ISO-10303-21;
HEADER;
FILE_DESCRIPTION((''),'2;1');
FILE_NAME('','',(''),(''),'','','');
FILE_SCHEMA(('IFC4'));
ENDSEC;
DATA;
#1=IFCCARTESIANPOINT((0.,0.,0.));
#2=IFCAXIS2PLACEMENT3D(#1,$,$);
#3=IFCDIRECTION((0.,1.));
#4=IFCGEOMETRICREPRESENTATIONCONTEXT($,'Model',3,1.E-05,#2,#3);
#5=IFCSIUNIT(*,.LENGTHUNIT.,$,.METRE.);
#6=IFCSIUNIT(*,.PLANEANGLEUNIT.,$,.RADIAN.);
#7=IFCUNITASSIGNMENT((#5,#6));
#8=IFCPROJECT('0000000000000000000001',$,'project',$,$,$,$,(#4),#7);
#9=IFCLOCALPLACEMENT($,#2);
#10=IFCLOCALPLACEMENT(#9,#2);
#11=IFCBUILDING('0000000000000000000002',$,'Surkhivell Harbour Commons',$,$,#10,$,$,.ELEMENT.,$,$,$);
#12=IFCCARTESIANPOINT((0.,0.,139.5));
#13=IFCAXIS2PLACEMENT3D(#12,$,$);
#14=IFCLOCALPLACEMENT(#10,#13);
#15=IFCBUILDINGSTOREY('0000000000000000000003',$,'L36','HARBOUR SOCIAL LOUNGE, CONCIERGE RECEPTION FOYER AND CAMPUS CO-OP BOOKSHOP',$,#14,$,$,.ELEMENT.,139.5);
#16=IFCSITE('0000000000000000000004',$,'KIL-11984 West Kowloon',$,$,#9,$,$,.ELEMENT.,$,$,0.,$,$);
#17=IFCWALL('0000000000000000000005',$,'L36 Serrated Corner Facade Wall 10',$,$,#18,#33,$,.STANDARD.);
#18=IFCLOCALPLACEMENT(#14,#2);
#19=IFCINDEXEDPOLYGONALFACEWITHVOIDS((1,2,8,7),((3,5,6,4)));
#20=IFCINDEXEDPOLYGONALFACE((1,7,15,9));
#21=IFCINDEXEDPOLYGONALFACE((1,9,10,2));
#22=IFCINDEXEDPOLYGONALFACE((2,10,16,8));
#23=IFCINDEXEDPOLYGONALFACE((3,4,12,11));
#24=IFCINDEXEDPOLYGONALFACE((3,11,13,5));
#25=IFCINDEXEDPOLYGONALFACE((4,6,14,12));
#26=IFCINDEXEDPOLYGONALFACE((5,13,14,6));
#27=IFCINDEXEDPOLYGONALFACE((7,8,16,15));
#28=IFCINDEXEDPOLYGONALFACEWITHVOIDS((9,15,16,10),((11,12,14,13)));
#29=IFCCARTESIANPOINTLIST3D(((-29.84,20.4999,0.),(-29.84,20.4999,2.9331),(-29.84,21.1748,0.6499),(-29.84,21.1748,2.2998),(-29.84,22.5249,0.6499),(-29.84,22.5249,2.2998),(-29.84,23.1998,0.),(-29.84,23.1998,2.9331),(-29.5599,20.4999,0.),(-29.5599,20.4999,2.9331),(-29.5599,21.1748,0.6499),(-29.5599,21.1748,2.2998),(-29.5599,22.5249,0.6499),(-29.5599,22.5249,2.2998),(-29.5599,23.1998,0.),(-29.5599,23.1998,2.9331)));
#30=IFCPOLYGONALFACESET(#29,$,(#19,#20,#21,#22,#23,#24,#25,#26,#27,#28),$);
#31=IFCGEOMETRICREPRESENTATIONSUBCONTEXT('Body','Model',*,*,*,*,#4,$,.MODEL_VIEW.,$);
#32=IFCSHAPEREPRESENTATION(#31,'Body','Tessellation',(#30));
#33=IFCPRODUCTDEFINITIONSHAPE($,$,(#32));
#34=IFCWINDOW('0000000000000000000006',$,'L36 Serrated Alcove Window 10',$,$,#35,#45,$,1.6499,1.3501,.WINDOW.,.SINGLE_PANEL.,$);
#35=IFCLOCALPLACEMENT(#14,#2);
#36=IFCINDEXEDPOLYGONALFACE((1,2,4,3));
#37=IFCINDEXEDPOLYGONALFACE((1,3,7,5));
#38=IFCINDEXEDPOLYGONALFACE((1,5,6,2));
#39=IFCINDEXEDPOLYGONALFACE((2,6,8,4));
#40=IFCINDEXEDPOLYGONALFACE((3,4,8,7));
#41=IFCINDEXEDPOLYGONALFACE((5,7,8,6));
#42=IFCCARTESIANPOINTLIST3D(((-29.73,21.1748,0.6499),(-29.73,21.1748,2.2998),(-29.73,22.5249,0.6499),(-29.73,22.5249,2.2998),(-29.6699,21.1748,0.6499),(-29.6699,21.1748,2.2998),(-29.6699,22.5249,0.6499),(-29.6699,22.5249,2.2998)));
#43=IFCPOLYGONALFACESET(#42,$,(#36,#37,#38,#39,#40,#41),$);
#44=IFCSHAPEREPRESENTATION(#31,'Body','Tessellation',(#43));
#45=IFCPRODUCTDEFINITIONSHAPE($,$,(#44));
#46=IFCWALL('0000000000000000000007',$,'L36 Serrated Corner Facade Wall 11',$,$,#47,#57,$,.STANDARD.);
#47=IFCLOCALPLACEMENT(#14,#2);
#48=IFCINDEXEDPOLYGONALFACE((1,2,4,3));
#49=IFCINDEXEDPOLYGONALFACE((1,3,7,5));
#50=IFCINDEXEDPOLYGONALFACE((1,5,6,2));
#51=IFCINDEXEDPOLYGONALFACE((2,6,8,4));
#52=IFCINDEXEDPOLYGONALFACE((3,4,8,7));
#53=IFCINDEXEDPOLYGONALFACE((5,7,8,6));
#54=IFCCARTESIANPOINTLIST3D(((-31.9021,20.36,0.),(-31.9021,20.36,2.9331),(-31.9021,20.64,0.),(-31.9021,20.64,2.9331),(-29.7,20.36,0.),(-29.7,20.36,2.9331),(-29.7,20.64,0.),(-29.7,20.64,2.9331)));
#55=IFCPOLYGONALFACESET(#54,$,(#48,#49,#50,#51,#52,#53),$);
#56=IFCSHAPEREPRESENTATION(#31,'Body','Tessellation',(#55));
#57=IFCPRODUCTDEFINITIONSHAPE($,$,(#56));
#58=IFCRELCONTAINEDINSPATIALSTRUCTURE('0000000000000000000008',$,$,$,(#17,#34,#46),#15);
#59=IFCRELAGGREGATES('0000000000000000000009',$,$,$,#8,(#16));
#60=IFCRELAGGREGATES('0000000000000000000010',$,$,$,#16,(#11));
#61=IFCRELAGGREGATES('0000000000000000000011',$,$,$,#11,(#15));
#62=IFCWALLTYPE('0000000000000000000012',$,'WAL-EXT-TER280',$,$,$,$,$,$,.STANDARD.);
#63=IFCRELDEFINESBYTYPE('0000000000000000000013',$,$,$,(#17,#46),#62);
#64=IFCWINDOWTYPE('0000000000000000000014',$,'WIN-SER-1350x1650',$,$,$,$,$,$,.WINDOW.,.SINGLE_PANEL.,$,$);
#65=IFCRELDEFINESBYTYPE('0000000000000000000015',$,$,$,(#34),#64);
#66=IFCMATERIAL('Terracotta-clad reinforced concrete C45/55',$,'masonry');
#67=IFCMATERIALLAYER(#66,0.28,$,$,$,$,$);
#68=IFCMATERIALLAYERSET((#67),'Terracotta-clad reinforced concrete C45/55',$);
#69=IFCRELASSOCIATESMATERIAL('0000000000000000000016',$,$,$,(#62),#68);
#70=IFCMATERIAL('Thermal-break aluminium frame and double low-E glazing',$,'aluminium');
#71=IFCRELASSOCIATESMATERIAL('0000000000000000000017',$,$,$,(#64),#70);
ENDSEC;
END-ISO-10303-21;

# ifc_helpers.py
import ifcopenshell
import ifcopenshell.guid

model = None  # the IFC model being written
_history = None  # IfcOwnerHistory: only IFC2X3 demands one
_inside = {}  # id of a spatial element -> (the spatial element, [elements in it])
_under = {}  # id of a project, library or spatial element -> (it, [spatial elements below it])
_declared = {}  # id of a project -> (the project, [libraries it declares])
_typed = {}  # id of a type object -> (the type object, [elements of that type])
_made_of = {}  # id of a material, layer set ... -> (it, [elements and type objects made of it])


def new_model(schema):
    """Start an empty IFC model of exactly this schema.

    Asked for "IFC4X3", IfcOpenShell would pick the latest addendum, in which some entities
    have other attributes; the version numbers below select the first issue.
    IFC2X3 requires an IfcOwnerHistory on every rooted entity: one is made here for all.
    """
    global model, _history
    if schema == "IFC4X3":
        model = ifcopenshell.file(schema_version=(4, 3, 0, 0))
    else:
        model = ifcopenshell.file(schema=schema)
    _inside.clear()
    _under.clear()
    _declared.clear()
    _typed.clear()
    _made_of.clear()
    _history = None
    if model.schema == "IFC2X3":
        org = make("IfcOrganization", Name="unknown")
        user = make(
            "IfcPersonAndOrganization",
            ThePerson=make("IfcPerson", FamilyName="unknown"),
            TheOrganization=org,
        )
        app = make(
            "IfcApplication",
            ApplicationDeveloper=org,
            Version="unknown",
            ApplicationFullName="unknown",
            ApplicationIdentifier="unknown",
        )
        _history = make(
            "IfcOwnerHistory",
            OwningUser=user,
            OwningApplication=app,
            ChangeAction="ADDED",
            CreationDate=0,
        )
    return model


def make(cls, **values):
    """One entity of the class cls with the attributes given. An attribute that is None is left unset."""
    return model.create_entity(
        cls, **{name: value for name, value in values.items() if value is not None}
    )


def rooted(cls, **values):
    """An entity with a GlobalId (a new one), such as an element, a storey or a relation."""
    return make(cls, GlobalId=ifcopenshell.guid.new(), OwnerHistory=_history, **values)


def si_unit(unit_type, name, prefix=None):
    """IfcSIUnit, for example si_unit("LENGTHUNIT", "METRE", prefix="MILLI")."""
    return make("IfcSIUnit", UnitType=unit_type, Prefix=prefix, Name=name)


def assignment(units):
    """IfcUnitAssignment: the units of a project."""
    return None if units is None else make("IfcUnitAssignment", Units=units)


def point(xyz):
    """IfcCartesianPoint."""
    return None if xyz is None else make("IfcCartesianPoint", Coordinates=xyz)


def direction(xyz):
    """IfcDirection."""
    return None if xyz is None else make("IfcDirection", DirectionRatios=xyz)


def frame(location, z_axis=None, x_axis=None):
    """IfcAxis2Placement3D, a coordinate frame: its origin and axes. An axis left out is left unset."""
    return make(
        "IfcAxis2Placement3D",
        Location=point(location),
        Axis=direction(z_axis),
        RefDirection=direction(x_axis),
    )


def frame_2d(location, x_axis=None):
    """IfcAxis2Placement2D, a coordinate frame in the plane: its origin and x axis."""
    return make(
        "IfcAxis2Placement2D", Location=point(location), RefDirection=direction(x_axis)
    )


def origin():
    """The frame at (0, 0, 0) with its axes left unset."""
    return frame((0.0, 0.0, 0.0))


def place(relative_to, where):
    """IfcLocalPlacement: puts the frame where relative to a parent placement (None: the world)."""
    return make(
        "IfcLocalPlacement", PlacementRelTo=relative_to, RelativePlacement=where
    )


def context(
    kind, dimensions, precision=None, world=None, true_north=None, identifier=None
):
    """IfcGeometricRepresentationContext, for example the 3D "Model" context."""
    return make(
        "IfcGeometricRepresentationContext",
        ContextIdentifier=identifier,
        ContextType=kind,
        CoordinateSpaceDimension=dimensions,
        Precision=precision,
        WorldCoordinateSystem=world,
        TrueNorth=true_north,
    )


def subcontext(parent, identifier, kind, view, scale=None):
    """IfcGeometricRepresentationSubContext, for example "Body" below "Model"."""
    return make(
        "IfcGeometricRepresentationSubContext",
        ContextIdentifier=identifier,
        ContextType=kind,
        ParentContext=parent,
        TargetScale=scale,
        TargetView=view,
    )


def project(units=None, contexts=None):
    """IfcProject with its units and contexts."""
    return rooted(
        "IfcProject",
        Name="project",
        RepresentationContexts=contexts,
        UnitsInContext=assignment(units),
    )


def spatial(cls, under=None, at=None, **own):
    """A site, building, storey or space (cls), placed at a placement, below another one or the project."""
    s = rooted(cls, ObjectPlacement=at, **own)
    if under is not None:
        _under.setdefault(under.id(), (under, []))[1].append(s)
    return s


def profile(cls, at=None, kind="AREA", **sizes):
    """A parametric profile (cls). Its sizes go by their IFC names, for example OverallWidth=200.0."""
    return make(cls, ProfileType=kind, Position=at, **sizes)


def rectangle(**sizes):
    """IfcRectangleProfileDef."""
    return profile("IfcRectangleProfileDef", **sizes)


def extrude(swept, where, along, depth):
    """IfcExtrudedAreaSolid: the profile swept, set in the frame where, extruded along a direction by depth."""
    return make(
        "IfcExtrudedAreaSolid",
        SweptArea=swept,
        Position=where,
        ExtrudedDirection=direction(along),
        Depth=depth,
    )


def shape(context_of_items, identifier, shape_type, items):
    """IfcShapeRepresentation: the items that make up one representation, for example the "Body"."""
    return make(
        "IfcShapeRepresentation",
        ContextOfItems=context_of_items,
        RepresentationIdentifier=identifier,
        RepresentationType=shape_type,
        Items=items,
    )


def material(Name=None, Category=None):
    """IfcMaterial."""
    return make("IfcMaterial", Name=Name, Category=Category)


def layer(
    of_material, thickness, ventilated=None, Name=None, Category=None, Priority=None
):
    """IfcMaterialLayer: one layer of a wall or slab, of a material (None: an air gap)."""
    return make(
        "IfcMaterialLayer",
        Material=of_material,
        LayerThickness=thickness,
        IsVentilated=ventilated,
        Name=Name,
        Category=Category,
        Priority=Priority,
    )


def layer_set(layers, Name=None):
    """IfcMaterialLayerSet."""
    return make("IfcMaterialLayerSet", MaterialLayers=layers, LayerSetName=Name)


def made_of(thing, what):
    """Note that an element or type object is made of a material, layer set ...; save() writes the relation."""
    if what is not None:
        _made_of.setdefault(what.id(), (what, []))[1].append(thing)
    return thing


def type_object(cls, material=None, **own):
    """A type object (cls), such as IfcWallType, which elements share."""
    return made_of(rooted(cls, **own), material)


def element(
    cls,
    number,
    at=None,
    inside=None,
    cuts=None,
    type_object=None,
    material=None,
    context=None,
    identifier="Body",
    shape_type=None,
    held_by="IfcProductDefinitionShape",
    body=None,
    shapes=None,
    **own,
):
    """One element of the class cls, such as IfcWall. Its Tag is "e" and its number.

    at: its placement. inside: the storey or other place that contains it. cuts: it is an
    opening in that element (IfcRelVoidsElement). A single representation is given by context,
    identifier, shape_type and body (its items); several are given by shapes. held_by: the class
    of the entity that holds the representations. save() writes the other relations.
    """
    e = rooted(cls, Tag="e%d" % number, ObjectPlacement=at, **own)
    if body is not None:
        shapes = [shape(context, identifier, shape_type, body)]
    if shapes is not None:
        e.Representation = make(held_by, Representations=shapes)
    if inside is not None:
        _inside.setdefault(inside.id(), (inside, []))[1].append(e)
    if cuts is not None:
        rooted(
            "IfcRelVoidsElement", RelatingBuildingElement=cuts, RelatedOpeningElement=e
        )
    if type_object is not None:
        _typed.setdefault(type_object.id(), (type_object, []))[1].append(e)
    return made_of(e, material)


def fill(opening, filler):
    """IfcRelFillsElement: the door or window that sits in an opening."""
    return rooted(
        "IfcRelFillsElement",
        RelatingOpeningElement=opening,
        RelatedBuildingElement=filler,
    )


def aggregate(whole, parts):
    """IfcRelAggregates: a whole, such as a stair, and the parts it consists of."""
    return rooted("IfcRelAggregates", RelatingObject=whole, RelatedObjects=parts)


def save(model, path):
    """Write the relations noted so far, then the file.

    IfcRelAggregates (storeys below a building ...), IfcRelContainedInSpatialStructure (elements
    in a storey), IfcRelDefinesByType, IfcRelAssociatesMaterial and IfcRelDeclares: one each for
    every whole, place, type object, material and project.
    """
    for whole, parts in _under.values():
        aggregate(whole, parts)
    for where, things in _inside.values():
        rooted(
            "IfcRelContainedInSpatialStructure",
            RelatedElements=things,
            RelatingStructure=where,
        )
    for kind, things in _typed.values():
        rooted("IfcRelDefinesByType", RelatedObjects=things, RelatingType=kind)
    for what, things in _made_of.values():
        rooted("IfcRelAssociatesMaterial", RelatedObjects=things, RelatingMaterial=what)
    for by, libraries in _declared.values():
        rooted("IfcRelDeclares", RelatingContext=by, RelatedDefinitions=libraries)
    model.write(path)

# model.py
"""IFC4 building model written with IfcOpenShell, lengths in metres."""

from ifc_helpers import new_model, si_unit, direction, frame, frame_2d, origin, place, context, subcontext, project, spatial, rectangle, extrude, material, layer, layer_set, type_object, element, fill, save


model = new_model("IFC4")

# Units and contexts
model_context = context("Model", 3, precision=1e-05, world=origin(), true_north=direction((0.0, 1.0)))
body_context = subcontext(model_context, "Body", "Model", "MODEL_VIEW")
ifc_project = project(units=[si_unit("LENGTHUNIT", "METRE"), si_unit("PLANEANGLEUNIT", "RADIAN")], contexts=[model_context])

# Site, building, storey
site_placement = place(None, origin())
site = spatial("IfcSite", under=ifc_project, at=site_placement, Name="KIL-11984 West Kowloon", CompositionType="ELEMENT", RefElevation=0.0)
building_placement = place(site_placement, origin())
building = spatial("IfcBuilding", under=site, at=building_placement, Name="Surkhivell Harbour Commons", CompositionType="ELEMENT")
storey_placement = place(building_placement, frame((0.0, 0.0, 139.5)))
storey = spatial("IfcBuildingStorey", under=building, at=storey_placement, Name="L36", Description="HARBOUR SOCIAL LOUNGE, CONCIERGE RECEPTION FOYER AND CAMPUS CO-OP BOOKSHOP", CompositionType="ELEMENT", Elevation=139.5)

# Shared definitions
ifc_material_1 = material(Name="Terracotta-clad reinforced concrete C45/55", Category="masonry")
ifc_layer_1 = layer(ifc_material_1, 0.28)
ifc_layer_set_1 = layer_set([ifc_layer_1], Name="Terracotta-clad reinforced concrete C45/55")
wall_type = type_object("IfcWallType", Name="WAL-EXT-TER280", PredefinedType="STANDARD", material=ifc_layer_set_1)

# Wall, opening, window
wall_1_placement = place(storey_placement, frame((-29.7, 23.2, 0.0), z_axis=(0.0, 0.0, 1.0), x_axis=(0.0, -1.0, 0.0)))
wall_1 = element("IfcWall", 1, at=wall_1_placement, inside=storey, type_object=wall_type, Name="L36 Serrated Corner Facade Wall 10", PredefinedType="STANDARD", context=body_context, shape_type="SweptSolid", body=[
    extrude(rectangle(XDim=2.7, YDim=0.28, at=frame_2d((1.3501, 0.0))), origin(), (0.0, 0.0, 1.0), 2.9331),
])
opening_placement = place(wall_1_placement, frame((0.675, 0.0, 0.6499)))
opening = element("IfcOpeningElement", 2, at=opening_placement, cuts=wall_1, PredefinedType="OPENING", context=body_context, shape_type="SweptSolid", body=[
    extrude(rectangle(XDim=1.3501, YDim=1.6499, at=frame_2d((0.675, 0.825))), frame((0.0, 0.1499, 0.0), z_axis=(0.0, -1.0, 0.0), x_axis=(1.0, 0.0, 0.0)), (0.0, 0.0, 1.0), 0.3),
])
ifc_material_2 = material(Name="Thermal-break aluminium frame and double low-E glazing", Category="aluminium")
window_type = type_object("IfcWindowType", Name="WIN-SER-1350x1650", PartitioningType="SINGLE_PANEL", PredefinedType="WINDOW", material=ifc_material_2)
window_placement = place(opening_placement, origin())
window = element("IfcWindow", 3, at=window_placement, inside=storey, type_object=window_type, Name="L36 Serrated Alcove Window 10", OverallHeight=1.6499, OverallWidth=1.3501, PartitioningType="SINGLE_PANEL", PredefinedType="WINDOW", context=body_context, shape_type="SweptSolid", body=[
    extrude(rectangle(XDim=1.3501, YDim=1.6499, at=frame_2d((0.675, 0.825))), frame((0.0, 0.03, 0.0), z_axis=(0.0, -1.0, 0.0), x_axis=(1.0, 0.0, 0.0)), (0.0, 0.0, 1.0), 0.0601),
])
fill(opening, window)

# Wall
wall_2_placement = place(storey_placement, frame((-29.7, 20.5, 0.0), z_axis=(0.0, 0.0, 1.0), x_axis=(-1.0, 0.0, 0.0)))
element("IfcWall", 4, at=wall_2_placement, inside=storey, type_object=wall_type, Name="L36 Serrated Corner Facade Wall 11", PredefinedType="STANDARD", context=body_context, shape_type="SweptSolid", body=[
    extrude(rectangle(XDim=2.2021, YDim=0.28, at=frame_2d((1.1011, 0.0))), origin(), (0.0, 0.0, 1.0), 2.9331),
])

save(model, "model.ifc")
